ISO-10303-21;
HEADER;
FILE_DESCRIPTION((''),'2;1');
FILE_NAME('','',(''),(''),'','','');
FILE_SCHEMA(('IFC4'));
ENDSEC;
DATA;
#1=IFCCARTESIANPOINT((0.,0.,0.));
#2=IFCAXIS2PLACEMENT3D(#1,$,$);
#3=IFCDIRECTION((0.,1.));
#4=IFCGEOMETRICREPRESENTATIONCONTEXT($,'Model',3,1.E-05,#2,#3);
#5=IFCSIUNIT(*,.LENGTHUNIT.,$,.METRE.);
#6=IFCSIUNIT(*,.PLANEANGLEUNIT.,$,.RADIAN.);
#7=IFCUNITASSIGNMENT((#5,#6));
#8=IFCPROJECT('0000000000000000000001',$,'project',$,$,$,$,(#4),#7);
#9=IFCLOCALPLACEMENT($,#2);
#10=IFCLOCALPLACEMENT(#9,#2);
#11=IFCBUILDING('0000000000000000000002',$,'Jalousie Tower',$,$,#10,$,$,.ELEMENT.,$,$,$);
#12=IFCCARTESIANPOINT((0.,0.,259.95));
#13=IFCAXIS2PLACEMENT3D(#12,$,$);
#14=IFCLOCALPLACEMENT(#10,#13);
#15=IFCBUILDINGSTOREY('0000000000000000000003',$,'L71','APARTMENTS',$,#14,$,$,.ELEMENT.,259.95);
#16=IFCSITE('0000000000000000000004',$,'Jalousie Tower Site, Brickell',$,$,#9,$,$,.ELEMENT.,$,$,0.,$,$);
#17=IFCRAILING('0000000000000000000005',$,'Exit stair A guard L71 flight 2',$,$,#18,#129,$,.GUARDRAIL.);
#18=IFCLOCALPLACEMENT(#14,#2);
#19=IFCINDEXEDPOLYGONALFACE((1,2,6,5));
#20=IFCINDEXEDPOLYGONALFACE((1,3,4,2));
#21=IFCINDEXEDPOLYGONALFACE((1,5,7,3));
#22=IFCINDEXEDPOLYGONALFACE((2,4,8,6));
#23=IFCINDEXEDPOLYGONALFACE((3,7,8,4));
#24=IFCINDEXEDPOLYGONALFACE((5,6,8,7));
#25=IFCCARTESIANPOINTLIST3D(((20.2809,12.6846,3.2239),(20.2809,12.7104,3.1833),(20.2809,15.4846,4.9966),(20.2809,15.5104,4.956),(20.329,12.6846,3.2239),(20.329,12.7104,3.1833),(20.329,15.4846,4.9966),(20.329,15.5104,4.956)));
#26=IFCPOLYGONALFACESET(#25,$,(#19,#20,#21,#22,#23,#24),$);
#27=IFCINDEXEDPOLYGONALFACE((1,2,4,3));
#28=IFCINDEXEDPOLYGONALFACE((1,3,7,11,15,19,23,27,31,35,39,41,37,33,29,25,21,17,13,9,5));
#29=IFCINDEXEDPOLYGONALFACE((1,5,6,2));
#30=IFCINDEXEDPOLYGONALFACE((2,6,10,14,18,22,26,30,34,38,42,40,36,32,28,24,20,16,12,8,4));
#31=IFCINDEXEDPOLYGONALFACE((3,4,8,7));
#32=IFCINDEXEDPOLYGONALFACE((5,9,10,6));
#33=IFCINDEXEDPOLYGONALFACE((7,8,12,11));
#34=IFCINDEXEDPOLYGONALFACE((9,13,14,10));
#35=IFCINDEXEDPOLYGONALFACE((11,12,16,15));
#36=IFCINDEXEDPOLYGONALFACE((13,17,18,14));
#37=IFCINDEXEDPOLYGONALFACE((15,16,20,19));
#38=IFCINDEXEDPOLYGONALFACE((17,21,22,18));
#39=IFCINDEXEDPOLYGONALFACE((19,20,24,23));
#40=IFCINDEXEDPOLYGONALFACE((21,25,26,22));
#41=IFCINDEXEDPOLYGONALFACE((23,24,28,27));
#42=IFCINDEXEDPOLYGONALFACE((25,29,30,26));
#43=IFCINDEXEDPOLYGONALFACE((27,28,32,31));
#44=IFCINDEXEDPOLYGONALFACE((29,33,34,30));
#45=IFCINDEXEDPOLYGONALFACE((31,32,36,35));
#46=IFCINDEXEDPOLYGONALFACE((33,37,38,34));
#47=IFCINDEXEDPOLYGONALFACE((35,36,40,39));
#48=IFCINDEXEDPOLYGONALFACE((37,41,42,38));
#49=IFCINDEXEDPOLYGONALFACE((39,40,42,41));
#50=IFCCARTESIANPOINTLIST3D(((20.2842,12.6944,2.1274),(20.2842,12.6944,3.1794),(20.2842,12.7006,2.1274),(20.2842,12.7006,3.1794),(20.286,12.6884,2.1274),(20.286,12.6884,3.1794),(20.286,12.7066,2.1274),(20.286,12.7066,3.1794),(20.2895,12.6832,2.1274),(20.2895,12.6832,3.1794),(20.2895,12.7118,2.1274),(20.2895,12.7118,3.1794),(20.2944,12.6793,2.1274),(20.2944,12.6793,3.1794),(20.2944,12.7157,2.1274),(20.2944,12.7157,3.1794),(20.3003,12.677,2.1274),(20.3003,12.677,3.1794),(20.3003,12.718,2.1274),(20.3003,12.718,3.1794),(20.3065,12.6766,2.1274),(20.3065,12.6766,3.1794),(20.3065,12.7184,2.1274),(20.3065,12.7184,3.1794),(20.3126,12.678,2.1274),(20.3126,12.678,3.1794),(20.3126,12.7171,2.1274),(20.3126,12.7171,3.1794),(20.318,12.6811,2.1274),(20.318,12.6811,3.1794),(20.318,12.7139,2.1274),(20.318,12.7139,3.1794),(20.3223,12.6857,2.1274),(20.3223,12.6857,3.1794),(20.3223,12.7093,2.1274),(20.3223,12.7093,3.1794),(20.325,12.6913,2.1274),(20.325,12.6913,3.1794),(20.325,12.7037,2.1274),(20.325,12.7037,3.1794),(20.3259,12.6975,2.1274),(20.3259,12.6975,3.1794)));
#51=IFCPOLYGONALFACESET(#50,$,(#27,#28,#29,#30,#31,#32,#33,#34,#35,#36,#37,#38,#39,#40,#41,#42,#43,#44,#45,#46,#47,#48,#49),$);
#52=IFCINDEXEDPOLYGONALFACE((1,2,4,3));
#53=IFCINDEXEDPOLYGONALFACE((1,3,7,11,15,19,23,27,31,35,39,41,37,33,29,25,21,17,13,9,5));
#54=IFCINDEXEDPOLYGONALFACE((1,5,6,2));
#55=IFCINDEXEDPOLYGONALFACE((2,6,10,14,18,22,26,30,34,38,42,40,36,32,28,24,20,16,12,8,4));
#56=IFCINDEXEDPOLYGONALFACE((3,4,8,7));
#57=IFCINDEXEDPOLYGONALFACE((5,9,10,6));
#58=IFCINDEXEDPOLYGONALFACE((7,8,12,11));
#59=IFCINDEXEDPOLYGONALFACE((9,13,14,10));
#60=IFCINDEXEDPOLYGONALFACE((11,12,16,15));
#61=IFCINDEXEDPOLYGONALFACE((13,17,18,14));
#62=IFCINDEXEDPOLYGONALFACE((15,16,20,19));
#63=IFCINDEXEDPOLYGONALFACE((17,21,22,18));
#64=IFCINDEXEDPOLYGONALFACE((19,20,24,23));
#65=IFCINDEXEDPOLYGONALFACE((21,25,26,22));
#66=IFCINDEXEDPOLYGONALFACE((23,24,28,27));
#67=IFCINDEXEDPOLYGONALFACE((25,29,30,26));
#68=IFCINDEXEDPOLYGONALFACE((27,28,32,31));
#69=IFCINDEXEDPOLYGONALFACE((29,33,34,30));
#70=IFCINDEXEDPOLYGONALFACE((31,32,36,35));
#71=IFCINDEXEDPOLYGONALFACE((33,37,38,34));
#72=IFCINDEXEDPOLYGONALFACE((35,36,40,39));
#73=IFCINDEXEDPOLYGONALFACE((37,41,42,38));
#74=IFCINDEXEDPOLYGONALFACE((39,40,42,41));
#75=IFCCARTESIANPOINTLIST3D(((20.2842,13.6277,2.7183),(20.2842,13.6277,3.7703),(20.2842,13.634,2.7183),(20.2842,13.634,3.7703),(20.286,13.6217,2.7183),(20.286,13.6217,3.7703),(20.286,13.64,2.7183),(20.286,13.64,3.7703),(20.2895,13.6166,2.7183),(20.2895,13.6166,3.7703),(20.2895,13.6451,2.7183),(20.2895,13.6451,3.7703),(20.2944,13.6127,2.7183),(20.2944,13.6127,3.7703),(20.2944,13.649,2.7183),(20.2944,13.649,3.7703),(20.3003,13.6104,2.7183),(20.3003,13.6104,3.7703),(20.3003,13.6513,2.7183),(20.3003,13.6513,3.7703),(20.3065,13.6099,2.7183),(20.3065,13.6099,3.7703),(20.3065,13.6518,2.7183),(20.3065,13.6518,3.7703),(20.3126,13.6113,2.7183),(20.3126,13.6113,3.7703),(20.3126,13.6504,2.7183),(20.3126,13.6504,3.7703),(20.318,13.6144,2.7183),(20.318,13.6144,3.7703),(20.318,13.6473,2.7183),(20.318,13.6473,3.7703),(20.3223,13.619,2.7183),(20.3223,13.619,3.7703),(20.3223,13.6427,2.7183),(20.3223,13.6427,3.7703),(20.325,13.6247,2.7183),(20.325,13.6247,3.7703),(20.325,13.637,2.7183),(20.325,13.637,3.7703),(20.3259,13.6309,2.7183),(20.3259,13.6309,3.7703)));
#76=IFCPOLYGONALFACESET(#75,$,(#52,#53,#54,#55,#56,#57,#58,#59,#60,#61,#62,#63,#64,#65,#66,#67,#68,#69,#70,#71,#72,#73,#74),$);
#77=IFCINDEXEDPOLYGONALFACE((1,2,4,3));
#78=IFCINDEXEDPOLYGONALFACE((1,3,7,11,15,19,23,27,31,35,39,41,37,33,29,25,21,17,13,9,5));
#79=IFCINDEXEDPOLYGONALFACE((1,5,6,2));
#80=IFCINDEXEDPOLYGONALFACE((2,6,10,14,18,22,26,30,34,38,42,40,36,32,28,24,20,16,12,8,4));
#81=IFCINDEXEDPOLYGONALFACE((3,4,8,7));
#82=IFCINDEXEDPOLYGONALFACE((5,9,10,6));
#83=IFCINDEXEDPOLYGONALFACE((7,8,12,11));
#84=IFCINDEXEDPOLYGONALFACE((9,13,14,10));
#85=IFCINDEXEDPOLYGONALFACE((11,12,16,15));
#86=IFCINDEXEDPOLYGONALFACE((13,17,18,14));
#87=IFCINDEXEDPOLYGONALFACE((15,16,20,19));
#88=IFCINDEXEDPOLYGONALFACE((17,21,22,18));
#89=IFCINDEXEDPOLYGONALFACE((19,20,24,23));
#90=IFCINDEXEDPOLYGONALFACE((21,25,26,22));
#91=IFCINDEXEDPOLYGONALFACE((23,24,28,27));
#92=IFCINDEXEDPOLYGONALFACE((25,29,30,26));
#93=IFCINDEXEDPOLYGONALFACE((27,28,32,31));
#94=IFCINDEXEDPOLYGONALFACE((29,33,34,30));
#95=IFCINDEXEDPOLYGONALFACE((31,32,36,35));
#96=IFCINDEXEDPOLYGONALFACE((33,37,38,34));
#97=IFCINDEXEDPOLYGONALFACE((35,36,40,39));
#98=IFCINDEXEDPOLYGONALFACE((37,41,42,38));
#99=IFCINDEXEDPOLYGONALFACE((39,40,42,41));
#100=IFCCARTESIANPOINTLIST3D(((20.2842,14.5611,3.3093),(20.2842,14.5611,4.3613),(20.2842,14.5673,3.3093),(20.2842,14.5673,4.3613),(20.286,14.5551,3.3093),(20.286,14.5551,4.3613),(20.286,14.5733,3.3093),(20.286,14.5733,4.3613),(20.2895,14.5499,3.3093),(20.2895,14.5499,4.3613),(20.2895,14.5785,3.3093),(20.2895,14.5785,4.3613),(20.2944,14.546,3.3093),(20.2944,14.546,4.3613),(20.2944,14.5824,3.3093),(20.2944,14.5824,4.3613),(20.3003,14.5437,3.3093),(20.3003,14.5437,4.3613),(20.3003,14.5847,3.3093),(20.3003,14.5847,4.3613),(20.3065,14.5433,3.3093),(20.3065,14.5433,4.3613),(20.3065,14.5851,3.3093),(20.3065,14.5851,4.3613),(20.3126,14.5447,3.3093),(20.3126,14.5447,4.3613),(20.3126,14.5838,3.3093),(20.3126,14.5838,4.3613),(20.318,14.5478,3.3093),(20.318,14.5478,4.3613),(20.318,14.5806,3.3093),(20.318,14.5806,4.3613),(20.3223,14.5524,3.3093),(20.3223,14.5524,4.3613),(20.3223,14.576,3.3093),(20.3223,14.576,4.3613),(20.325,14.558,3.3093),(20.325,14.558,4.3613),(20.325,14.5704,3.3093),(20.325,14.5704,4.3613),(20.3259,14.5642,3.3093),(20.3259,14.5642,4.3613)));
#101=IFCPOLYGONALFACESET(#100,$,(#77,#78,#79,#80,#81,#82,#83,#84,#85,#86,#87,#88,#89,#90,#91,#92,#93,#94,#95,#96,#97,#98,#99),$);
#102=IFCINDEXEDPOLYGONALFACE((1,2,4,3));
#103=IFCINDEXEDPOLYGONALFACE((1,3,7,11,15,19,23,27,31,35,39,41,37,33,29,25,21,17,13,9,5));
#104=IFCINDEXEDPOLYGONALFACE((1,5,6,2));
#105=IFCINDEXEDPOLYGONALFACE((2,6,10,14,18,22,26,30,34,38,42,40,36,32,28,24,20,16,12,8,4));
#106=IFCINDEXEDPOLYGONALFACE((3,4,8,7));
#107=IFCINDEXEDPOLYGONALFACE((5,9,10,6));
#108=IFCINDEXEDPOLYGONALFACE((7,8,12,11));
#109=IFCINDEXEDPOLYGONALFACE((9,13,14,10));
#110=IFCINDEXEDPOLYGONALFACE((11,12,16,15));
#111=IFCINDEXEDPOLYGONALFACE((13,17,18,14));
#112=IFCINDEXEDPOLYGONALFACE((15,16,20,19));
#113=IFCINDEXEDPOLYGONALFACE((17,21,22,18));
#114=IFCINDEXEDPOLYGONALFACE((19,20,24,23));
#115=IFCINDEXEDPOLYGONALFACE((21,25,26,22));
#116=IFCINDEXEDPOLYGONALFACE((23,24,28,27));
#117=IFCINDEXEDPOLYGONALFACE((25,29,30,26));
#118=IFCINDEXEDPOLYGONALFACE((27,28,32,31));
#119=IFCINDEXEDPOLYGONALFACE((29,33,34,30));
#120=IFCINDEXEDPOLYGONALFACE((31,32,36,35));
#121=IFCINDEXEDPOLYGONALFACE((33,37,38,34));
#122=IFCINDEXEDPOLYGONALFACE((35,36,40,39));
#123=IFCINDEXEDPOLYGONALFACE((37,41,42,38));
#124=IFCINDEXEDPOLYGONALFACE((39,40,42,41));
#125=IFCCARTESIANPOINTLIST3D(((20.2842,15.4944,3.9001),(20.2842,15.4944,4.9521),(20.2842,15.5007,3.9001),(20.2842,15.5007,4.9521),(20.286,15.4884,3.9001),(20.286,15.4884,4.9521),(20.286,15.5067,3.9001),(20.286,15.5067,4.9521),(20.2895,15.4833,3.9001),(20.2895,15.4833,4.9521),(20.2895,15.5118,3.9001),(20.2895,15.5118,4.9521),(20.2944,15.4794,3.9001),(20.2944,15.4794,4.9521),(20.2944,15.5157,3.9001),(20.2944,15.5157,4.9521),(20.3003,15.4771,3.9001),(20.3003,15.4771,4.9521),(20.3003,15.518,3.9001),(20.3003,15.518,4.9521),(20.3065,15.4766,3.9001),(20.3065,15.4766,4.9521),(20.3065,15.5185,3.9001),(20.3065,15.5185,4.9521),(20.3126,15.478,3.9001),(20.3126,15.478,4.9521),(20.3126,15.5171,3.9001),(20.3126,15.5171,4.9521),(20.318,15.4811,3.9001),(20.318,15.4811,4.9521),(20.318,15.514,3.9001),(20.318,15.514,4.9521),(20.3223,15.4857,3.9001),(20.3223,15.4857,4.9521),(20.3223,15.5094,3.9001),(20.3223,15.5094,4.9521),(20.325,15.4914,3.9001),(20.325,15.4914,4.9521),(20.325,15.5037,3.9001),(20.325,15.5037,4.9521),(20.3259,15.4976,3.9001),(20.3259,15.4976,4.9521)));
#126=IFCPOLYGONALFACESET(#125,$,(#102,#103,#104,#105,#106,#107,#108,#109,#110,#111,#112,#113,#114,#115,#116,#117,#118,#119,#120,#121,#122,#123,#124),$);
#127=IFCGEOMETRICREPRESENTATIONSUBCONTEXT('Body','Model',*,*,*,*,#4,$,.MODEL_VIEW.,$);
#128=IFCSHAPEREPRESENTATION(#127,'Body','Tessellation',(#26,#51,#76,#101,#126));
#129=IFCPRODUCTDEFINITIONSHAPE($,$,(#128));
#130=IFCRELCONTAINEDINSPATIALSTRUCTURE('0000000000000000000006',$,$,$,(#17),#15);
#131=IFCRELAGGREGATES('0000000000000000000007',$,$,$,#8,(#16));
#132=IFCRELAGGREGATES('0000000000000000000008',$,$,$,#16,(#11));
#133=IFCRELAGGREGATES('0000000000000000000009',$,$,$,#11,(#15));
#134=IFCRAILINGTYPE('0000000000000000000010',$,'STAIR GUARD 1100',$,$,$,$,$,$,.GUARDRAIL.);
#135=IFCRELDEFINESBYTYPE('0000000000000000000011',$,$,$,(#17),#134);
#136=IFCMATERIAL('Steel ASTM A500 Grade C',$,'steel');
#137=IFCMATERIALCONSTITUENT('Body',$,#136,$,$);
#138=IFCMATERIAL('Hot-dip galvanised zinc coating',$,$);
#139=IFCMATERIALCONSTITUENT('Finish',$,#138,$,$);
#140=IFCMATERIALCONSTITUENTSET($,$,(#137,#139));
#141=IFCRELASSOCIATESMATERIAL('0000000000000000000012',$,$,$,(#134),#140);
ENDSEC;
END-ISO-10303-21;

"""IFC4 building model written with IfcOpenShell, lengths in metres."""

from ifc_helpers import new_model, si_unit, direction, frame, origin, origin_2d, place, context, subcontext, project, spatial, rectangle, circle, extrude, material, constituent, constituent_set, type_object, element, save


model = new_model("IFC4")

# Units and contexts
model_context = context("Model", 3, precision=1e-05, world=origin(), true_north=direction((0.0, 1.0)))
body_context = subcontext(model_context, "Body", "Model", "MODEL_VIEW")
ifc_project = project(units=[si_unit("LENGTHUNIT", "METRE"), si_unit("PLANEANGLEUNIT", "RADIAN")], contexts=[model_context])

# Site, building, storey
site_placement = place(None, origin())
site = spatial("IfcSite", under=ifc_project, at=site_placement, Name="Jalousie Tower Site, Brickell", CompositionType="ELEMENT", RefElevation=0.0)
building_placement = place(site_placement, origin())
building = spatial("IfcBuilding", under=site, at=building_placement, Name="Jalousie Tower", CompositionType="ELEMENT")
storey_placement = place(building_placement, frame((0.0, 0.0, 259.95)))
storey = spatial("IfcBuildingStorey", under=building, at=storey_placement, Name="L71", Description="APARTMENTS", CompositionType="ELEMENT", Elevation=259.95)

# Railing
ifc_material_1 = material(Name="Steel ASTM A500 Grade C", Category="steel")
ifc_constituent_1 = constituent(ifc_material_1, Name="Body")
ifc_material_2 = material(Name="Hot-dip galvanised zinc coating")
ifc_constituent_2 = constituent(ifc_material_2, Name="Finish")
ifc_constituent_set_1 = constituent_set(constituents=[ifc_constituent_1, ifc_constituent_2])
railing_type_1 = type_object("IfcRailingType", Name="STAIR GUARD 1100", PredefinedType="GUARDRAIL", material=ifc_constituent_set_1)
railing_1_placement = place(storey_placement, frame((20.3049, 12.6975, 2.1274)))
element("IfcRailing", 1, at=railing_1_placement, inside=storey, type_object=railing_type_1, Name="Exit stair A guard L71 flight 2", PredefinedType="GUARDRAIL", context=body_context, shape_type="SweptSolid", body=[
    extrude(rectangle(XDim=0.0481, YDim=0.0481, at=origin_2d()), frame((0.0, 0.0, 1.0762), z_axis=(0.0, 0.844909, 0.53491), x_axis=(-1.0, 0.0, 0.0)), (0.0, 0.0, 1.0), 3.314),
    extrude(circle(Radius=0.021, at=origin_2d()), origin(), (0.0, 0.0, 1.0), 1.052),
    extrude(circle(Radius=0.021, at=origin_2d()), frame((0.0, 0.9333, 0.5908)), (0.0, 0.0, 1.0), 1.052),
    extrude(circle(Radius=0.021, at=origin_2d()), frame((0.0, 1.8667, 1.1819)), (0.0, 0.0, 1.0), 1.052),
    extrude(circle(Radius=0.021, at=origin_2d()), frame((0.0, 2.8, 1.7727)), (0.0, 0.0, 1.0), 1.052),
])

save(model, "model.ifc")
